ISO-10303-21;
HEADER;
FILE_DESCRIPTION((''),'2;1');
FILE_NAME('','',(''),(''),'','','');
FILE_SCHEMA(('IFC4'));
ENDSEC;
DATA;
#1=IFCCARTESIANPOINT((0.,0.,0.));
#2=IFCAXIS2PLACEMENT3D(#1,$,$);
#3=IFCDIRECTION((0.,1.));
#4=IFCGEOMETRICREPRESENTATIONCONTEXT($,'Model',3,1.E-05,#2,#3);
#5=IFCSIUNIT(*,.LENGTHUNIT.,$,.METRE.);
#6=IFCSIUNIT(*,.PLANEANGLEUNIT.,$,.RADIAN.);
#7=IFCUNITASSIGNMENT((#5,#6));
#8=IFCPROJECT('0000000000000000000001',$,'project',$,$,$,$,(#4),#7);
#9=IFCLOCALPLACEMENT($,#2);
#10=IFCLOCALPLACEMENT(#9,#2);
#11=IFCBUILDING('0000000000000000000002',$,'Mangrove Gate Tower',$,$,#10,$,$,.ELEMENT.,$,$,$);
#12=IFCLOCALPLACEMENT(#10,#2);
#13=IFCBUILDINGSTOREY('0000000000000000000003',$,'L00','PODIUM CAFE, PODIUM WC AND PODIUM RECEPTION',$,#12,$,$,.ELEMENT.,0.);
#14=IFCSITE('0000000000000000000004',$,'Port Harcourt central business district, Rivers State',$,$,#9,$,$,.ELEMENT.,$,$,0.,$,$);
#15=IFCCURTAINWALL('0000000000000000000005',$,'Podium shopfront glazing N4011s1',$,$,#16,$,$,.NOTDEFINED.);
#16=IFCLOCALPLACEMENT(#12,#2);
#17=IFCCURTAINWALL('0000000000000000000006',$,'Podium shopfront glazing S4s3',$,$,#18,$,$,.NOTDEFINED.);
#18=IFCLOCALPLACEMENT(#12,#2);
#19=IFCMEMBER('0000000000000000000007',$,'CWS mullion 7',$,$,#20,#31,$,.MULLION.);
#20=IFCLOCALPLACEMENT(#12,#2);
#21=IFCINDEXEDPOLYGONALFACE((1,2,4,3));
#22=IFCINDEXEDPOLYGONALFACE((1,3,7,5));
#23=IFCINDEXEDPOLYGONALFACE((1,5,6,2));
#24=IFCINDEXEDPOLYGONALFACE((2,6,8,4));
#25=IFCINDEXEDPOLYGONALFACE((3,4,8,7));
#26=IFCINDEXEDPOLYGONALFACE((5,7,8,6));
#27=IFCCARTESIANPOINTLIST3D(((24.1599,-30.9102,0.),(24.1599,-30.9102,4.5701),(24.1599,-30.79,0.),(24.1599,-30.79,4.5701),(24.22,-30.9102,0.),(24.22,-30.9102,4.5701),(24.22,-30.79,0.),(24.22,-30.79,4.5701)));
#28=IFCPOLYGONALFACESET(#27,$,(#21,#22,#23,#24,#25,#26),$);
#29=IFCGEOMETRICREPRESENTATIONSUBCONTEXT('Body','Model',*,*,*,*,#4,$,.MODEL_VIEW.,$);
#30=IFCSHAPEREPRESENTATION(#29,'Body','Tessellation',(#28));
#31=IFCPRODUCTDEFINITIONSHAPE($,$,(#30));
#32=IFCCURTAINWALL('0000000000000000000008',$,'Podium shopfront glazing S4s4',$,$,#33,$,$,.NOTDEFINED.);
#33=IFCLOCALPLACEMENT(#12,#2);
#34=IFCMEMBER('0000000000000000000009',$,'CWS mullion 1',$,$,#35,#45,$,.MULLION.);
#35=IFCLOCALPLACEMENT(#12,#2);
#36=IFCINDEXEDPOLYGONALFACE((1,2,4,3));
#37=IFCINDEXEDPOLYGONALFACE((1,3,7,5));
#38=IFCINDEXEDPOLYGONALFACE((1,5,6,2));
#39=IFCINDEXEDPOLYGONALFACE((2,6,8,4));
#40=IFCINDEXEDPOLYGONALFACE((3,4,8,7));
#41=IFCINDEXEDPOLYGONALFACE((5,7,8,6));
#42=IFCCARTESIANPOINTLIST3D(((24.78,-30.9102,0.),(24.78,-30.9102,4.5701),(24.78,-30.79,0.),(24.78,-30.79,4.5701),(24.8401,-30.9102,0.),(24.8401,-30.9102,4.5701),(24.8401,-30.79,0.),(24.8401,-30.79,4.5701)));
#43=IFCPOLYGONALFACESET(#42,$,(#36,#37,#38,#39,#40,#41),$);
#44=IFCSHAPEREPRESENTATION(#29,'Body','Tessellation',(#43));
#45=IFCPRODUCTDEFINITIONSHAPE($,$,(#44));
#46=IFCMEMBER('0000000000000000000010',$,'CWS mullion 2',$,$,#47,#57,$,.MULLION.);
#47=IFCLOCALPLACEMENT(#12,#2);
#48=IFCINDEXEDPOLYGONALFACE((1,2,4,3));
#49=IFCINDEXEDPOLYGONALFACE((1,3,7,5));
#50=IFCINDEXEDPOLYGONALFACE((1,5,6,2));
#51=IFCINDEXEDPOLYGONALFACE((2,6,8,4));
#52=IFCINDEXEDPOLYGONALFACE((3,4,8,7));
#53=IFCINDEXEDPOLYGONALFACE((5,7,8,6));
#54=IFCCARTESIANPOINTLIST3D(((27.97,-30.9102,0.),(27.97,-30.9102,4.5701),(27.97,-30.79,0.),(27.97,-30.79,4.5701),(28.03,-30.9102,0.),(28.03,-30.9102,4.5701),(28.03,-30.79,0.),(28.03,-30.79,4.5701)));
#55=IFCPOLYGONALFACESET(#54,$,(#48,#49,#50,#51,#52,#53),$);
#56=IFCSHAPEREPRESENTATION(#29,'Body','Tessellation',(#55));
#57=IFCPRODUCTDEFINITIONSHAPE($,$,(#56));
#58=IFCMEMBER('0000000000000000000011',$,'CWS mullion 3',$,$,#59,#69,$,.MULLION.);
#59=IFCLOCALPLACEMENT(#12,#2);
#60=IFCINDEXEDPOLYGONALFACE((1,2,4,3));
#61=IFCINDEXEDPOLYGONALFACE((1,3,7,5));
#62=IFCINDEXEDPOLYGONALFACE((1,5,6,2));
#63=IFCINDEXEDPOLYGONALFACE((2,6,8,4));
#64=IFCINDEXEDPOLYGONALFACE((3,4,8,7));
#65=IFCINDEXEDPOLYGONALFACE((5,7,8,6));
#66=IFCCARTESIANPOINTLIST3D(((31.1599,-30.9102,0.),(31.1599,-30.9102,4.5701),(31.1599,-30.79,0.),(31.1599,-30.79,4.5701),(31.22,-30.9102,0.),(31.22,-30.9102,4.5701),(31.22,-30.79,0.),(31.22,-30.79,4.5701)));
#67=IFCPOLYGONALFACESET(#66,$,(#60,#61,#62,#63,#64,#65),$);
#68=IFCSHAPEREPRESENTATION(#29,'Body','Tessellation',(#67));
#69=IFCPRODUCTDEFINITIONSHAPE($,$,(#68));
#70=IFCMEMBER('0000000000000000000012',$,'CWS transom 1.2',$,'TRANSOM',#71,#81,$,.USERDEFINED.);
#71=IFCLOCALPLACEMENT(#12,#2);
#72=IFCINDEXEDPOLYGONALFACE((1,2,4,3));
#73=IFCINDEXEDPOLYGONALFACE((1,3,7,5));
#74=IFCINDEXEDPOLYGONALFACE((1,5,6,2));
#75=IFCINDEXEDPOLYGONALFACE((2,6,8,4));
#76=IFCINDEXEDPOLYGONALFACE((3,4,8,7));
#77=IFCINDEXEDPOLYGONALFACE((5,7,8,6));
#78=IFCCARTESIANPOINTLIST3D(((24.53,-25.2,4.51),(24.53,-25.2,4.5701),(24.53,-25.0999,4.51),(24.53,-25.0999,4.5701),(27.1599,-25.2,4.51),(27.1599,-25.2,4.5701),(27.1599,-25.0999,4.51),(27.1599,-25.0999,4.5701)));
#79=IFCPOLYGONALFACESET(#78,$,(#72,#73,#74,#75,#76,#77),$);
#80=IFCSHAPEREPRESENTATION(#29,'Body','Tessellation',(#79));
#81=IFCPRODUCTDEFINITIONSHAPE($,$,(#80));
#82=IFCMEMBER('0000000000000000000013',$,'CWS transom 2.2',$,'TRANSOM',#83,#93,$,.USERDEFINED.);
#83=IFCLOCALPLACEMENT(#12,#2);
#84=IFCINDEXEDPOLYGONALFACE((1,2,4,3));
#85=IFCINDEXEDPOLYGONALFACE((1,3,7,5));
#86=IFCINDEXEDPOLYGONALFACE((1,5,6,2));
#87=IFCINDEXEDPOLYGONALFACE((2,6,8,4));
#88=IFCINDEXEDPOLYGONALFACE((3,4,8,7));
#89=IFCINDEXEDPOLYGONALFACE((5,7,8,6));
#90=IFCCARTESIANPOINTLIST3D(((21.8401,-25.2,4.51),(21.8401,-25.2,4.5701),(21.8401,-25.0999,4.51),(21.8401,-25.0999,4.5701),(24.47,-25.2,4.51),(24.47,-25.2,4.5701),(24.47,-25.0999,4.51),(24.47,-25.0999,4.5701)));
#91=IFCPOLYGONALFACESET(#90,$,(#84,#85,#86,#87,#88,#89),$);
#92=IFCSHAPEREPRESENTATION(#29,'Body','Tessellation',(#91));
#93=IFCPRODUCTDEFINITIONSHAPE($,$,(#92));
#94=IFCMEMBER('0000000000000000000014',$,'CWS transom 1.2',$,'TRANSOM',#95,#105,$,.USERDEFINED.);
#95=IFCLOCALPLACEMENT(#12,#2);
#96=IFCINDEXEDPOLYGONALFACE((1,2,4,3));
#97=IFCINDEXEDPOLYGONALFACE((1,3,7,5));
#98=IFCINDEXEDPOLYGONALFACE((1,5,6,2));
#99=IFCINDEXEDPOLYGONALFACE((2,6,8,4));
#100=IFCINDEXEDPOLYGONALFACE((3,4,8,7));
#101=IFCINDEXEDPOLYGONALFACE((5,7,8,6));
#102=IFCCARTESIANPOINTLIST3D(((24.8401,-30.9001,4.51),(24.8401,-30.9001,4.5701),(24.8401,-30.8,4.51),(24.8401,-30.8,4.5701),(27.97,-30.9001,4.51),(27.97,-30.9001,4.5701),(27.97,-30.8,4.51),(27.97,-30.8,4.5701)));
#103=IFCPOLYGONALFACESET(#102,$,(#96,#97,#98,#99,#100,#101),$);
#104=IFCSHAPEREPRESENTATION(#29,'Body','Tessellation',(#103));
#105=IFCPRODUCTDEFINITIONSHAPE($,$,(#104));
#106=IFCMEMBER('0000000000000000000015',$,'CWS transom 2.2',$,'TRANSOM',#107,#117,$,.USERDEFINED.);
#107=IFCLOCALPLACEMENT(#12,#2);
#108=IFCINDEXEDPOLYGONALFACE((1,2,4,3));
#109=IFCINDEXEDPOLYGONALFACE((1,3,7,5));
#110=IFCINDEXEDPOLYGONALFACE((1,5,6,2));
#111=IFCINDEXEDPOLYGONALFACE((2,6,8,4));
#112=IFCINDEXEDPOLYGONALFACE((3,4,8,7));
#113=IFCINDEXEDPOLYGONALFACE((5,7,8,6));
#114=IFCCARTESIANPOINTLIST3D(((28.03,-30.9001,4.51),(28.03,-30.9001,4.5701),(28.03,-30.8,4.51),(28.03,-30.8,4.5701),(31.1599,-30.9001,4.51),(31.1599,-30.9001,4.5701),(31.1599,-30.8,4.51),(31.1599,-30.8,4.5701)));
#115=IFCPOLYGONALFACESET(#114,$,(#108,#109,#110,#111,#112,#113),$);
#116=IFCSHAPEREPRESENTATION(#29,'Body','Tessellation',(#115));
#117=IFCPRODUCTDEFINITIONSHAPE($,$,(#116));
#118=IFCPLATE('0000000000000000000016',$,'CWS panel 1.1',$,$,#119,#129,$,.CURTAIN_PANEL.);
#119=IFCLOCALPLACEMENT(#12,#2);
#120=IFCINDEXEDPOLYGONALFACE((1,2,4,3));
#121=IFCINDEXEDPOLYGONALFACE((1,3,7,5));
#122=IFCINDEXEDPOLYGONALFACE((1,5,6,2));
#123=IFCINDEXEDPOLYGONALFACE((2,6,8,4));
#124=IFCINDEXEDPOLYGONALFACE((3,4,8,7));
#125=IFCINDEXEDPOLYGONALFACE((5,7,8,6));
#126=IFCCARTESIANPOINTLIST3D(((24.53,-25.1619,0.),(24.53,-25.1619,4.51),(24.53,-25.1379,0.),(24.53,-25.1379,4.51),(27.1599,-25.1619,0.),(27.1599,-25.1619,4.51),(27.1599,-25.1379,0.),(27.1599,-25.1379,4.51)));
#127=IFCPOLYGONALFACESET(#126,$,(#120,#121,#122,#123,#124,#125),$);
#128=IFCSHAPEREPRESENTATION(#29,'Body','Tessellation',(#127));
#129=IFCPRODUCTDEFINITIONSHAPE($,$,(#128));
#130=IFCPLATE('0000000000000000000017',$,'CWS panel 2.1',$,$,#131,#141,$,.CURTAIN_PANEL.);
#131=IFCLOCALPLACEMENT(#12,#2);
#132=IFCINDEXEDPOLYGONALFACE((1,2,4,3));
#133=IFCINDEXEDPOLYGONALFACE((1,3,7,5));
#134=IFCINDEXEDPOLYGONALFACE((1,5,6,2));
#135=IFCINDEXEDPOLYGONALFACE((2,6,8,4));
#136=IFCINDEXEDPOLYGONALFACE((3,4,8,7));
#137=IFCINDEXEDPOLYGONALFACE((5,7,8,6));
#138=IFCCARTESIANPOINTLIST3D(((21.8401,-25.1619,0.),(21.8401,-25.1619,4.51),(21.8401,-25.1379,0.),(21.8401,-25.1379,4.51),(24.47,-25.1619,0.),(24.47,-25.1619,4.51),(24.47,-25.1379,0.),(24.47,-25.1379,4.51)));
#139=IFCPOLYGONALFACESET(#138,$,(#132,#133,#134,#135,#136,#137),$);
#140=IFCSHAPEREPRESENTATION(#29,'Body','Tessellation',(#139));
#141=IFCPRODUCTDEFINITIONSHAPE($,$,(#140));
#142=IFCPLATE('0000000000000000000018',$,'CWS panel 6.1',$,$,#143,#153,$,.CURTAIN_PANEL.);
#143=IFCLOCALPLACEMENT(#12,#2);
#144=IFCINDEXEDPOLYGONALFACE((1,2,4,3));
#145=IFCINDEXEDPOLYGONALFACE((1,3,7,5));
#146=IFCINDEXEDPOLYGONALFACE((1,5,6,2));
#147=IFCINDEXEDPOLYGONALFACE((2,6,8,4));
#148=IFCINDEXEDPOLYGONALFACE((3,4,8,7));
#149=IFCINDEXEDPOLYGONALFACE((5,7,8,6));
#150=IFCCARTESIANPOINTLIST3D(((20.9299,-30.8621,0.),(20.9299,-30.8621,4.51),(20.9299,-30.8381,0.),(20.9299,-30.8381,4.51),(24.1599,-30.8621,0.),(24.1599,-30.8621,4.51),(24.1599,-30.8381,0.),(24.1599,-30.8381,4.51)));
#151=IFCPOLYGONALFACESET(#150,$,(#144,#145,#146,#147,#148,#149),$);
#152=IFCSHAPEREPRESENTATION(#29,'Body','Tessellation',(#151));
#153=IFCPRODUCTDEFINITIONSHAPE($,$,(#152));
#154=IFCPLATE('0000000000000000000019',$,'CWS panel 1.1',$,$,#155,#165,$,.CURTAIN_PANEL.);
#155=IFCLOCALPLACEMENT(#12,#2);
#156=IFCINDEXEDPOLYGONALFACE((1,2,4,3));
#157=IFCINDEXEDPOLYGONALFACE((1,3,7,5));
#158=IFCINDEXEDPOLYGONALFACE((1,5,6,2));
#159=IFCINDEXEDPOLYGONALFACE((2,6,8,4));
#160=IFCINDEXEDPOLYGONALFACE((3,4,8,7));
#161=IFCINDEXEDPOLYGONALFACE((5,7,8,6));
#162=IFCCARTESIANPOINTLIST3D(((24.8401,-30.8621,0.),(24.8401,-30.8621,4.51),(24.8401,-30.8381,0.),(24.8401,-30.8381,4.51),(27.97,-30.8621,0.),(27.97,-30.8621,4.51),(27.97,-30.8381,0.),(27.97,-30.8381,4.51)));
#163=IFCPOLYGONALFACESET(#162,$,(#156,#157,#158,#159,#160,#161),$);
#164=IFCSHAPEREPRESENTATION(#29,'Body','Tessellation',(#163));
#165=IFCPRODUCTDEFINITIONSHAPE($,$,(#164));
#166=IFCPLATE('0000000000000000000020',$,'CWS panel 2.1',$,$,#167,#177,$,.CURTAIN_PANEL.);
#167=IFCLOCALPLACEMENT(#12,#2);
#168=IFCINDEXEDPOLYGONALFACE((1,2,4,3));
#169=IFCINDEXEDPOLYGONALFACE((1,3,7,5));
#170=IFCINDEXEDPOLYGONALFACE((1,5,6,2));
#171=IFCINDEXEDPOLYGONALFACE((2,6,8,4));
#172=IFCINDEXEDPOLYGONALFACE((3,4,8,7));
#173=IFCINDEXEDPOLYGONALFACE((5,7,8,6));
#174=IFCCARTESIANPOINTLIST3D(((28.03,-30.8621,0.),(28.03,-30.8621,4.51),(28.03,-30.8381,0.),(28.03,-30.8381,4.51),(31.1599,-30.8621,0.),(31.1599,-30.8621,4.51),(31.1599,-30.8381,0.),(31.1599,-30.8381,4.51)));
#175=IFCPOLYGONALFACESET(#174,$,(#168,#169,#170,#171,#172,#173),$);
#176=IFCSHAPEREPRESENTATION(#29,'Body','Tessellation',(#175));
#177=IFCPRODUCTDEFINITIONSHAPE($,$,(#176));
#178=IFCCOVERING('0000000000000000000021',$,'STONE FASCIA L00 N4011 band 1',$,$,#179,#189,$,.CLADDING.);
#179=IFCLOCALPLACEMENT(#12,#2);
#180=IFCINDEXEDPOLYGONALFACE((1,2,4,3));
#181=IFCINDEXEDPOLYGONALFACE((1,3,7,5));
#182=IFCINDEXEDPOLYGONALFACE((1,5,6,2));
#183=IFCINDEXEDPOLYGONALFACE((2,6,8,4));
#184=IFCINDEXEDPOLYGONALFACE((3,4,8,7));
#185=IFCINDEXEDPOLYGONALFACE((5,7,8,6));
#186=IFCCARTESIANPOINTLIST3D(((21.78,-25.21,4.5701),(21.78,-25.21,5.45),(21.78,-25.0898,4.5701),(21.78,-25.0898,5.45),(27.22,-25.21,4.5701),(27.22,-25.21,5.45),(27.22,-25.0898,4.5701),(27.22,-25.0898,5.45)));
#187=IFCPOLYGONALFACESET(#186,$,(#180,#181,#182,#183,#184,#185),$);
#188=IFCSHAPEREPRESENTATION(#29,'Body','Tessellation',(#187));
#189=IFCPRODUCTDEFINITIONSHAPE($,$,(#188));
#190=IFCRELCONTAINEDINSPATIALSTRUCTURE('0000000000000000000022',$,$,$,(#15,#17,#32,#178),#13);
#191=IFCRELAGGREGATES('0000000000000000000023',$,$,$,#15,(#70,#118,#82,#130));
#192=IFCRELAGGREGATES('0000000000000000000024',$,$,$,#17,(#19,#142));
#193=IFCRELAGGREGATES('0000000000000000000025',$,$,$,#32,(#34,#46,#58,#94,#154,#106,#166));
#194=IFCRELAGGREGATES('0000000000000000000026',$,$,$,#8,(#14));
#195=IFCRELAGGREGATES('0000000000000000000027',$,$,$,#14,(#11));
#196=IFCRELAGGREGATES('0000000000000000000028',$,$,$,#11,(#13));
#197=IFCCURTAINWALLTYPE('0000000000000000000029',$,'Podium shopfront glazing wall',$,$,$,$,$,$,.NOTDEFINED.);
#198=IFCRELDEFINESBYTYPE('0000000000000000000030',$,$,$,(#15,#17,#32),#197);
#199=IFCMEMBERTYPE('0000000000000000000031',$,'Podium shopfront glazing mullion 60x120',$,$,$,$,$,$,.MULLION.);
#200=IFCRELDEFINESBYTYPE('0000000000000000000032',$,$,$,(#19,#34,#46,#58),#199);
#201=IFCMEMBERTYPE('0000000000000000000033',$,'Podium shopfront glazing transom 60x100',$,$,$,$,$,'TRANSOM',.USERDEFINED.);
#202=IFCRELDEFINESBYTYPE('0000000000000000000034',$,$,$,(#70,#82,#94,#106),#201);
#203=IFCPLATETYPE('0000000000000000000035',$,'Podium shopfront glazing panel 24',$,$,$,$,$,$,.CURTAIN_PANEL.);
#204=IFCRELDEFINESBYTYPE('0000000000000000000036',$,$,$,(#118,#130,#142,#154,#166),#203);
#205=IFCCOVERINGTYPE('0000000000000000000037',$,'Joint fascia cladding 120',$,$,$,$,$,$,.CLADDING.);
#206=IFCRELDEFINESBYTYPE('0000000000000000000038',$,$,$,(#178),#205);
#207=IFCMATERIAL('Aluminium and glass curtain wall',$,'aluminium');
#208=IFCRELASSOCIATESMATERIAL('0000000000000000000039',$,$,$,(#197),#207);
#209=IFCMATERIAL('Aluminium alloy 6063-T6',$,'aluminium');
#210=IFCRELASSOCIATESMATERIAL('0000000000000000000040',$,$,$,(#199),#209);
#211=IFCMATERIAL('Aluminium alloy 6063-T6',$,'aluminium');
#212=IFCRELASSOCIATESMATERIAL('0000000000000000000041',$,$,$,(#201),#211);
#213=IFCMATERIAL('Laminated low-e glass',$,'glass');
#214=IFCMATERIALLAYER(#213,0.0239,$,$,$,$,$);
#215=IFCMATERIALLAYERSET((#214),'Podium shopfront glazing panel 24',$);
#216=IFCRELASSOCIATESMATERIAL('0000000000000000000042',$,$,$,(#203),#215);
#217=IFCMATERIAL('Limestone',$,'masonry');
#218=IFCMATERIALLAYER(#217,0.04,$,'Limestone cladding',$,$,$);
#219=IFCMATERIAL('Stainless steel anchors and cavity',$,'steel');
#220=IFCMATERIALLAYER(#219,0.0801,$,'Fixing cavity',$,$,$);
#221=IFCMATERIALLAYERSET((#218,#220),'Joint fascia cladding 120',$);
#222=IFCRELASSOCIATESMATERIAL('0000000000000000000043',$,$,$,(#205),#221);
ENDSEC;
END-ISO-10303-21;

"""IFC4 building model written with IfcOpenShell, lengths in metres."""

from ifc_helpers import new_model, si_unit, direction, frame, frame_2d, origin, origin_2d, place, context, subcontext, project, spatial, rectangle, extrude, material, layer, layer_set, material_profile, profile_set, type_object, element, aggregate, save


model = new_model("IFC4")

# Units and contexts
model_context = context("Model", 3, precision=1e-05, world=origin(), true_north=direction((0.0, 1.0)))
body_context = subcontext(model_context, "Body", "Model", "MODEL_VIEW")
ifc_project = project(units=[si_unit("LENGTHUNIT", "METRE"), si_unit("PLANEANGLEUNIT", "RADIAN")], contexts=[model_context])

# Site, building, storey
site_placement = place(None, origin())
site = spatial("IfcSite", under=ifc_project, at=site_placement, Name="Port Harcourt central business district, Rivers State", CompositionType="ELEMENT", RefElevation=0.0)
building_placement = place(site_placement, origin())
building = spatial("IfcBuilding", under=site, at=building_placement, Name="Mangrove Gate Tower", CompositionType="ELEMENT")
storey_placement = place(building_placement, origin())
storey = spatial("IfcBuildingStorey", under=building, at=storey_placement, Name="L00", Description="PODIUM CAFE, PODIUM WC AND PODIUM RECEPTION", CompositionType="ELEMENT", Elevation=0.0)

# Curtain wall
ifc_material_1 = material(Name="Aluminium and glass curtain wall", Category="aluminium")
curtain_wall_type = type_object("IfcCurtainWallType", Name="Podium shopfront glazing wall", PredefinedType="NOTDEFINED", material=ifc_material_1)
curtain_wall_1_placement = place(storey_placement, origin())
curtain_wall_1 = element("IfcCurtainWall", 1, at=curtain_wall_1_placement, inside=storey, type_object=curtain_wall_type, Name="Podium shopfront glazing N4011s1", PredefinedType="NOTDEFINED")
ifc_material_2 = material(Name="Aluminium alloy 6063-T6", Category="aluminium")
ifc_material_profile_1 = material_profile(ifc_material_2, rectangle(XDim=0.0601, YDim=0.1201, at=origin_2d()))
ifc_profile_set_1 = profile_set([ifc_material_profile_1], Name="Aluminium alloy 6063-T6")
member_type_1 = type_object("IfcMemberType", Name="Podium shopfront glazing mullion 60x120", PredefinedType="MULLION", material=ifc_profile_set_1)

# Curtain wall, member
curtain_wall_2_placement = place(storey_placement, origin())
curtain_wall_2 = element("IfcCurtainWall", 2, at=curtain_wall_2_placement, inside=storey, type_object=curtain_wall_type, Name="Podium shopfront glazing S4s3", PredefinedType="NOTDEFINED")
member_1_placement = place(storey_placement, frame((24.1899, -30.8501, 0.0), z_axis=(0.0, 0.0, 1.0), x_axis=(1.0, 0.0, 0.0)))
member_1 = element("IfcMember", 3, at=member_1_placement, type_object=member_type_1, Name="CWS mullion 7", PredefinedType="MULLION", context=body_context, shape_type="SweptSolid", body=[
    extrude(rectangle(XDim=0.0601, YDim=0.1201, at=origin_2d()), origin(), (0.0, 0.0, 1.0), 4.5701),
])

# Curtain wall, members
curtain_wall_3_placement = place(storey_placement, origin())
curtain_wall_3 = element("IfcCurtainWall", 4, at=curtain_wall_3_placement, inside=storey, type_object=curtain_wall_type, Name="Podium shopfront glazing S4s4", PredefinedType="NOTDEFINED")
member_2_placement = place(storey_placement, frame((24.8101, -30.8501, 0.0), z_axis=(0.0, 0.0, 1.0), x_axis=(1.0, 0.0, 0.0)))
member_2 = element("IfcMember", 5, at=member_2_placement, type_object=member_type_1, Name="CWS mullion 1", PredefinedType="MULLION", context=body_context, shape_type="SweptSolid", body=[
    extrude(rectangle(XDim=0.0601, YDim=0.1201, at=origin_2d()), origin(), (0.0, 0.0, 1.0), 4.5701),
])
member_3_placement = place(storey_placement, frame((28.0, -30.8501, 0.0), z_axis=(0.0, 0.0, 1.0), x_axis=(1.0, 0.0, 0.0)))
member_3 = element("IfcMember", 6, at=member_3_placement, type_object=member_type_1, Name="CWS mullion 2", PredefinedType="MULLION", context=body_context, shape_type="SweptSolid", body=[
    extrude(rectangle(XDim=0.0601, YDim=0.1201, at=origin_2d()), origin(), (0.0, 0.0, 1.0), 4.5701),
])
member_4_placement = place(storey_placement, frame((31.1899, -30.8501, 0.0), z_axis=(0.0, 0.0, 1.0), x_axis=(1.0, 0.0, 0.0)))
member_4 = element("IfcMember", 7, at=member_4_placement, type_object=member_type_1, Name="CWS mullion 3", PredefinedType="MULLION", context=body_context, shape_type="SweptSolid", body=[
    extrude(rectangle(XDim=0.0601, YDim=0.1201, at=origin_2d()), origin(), (0.0, 0.0, 1.0), 4.5701),
])

# Members
ifc_material_3 = material(Name="Aluminium alloy 6063-T6", Category="aluminium")
ifc_material_profile_2 = material_profile(ifc_material_3, rectangle(XDim=0.0601, YDim=0.1001, at=origin_2d()))
ifc_profile_set_2 = profile_set([ifc_material_profile_2], Name="Aluminium alloy 6063-T6")
member_type_2 = type_object("IfcMemberType", Name="Podium shopfront glazing transom 60x100", ElementType="TRANSOM", PredefinedType="USERDEFINED", material=ifc_profile_set_2)
member_5_placement = place(storey_placement, frame((27.1599, -25.1499, 4.54), z_axis=(-1.0, 0.0, 0.0), x_axis=(0.0, 0.0, 1.0)))
member_5 = element("IfcMember", 8, at=member_5_placement, type_object=member_type_2, Name="CWS transom 1.2", ObjectType="TRANSOM", PredefinedType="USERDEFINED", context=body_context, shape_type="SweptSolid", body=[
    extrude(rectangle(XDim=0.0601, YDim=0.1001, at=origin_2d()), origin(), (0.0, 0.0, 1.0), 2.6299),
])
member_6_placement = place(storey_placement, frame((24.47, -25.1499, 4.54), z_axis=(-1.0, 0.0, 0.0), x_axis=(0.0, 0.0, 1.0)))
member_6 = element("IfcMember", 9, at=member_6_placement, type_object=member_type_2, Name="CWS transom 2.2", ObjectType="TRANSOM", PredefinedType="USERDEFINED", context=body_context, shape_type="SweptSolid", body=[
    extrude(rectangle(XDim=0.0601, YDim=0.1001, at=origin_2d()), origin(), (0.0, 0.0, 1.0), 2.6299),
])
member_7_placement = place(storey_placement, frame((24.8401, -30.8501, 4.54), z_axis=(1.0, 0.0, 0.0), x_axis=(0.0, 0.0, 1.0)))
member_7 = element("IfcMember", 10, at=member_7_placement, type_object=member_type_2, Name="CWS transom 1.2", ObjectType="TRANSOM", PredefinedType="USERDEFINED", context=body_context, shape_type="SweptSolid", body=[
    extrude(rectangle(XDim=0.0601, YDim=0.1001, at=origin_2d()), origin(), (0.0, 0.0, 1.0), 3.1299),
])
member_8_placement = place(storey_placement, frame((28.03, -30.8501, 4.54), z_axis=(1.0, 0.0, 0.0), x_axis=(0.0, 0.0, 1.0)))
member_8 = element("IfcMember", 11, at=member_8_placement, type_object=member_type_2, Name="CWS transom 2.2", ObjectType="TRANSOM", PredefinedType="USERDEFINED", context=body_context, shape_type="SweptSolid", body=[
    extrude(rectangle(XDim=0.0601, YDim=0.1001, at=origin_2d()), origin(), (0.0, 0.0, 1.0), 3.1299),
])

# Plates
ifc_material_4 = material(Name="Laminated low-e glass", Category="glass")
ifc_layer_1 = layer(ifc_material_4, 0.0239)
ifc_layer_set_1 = layer_set([ifc_layer_1], Name="Podium shopfront glazing panel 24")
plate_type = type_object("IfcPlateType", Name="Podium shopfront glazing panel 24", PredefinedType="CURTAIN_PANEL", material=ifc_layer_set_1)
plate_1_placement = place(storey_placement, frame((25.845, -25.1499, 0.0), z_axis=(0.0, 0.0, 1.0), x_axis=(-1.0, 0.0, 0.0)))
plate_1 = element("IfcPlate", 12, at=plate_1_placement, type_object=plate_type, Name="CWS panel 1.1", PredefinedType="CURTAIN_PANEL", context=body_context, shape_type="SweptSolid", body=[
    extrude(rectangle(XDim=2.6299, YDim=0.0239, at=origin_2d()), origin(), (0.0, 0.0, 1.0), 4.51),
])
plate_2_placement = place(storey_placement, frame((23.155, -25.1499, 0.0), z_axis=(0.0, 0.0, 1.0), x_axis=(-1.0, 0.0, 0.0)))
plate_2 = element("IfcPlate", 13, at=plate_2_placement, type_object=plate_type, Name="CWS panel 2.1", PredefinedType="CURTAIN_PANEL", context=body_context, shape_type="SweptSolid", body=[
    extrude(rectangle(XDim=2.6299, YDim=0.0239, at=origin_2d()), origin(), (0.0, 0.0, 1.0), 4.51),
])
aggregate(curtain_wall_1, [member_5, plate_1, member_6, plate_2])
plate_3_placement = place(storey_placement, frame((22.5449, -30.8501, 0.0), z_axis=(0.0, 0.0, 1.0), x_axis=(1.0, 0.0, 0.0)))
plate_3 = element("IfcPlate", 14, at=plate_3_placement, type_object=plate_type, Name="CWS panel 6.1", PredefinedType="CURTAIN_PANEL", context=body_context, shape_type="SweptSolid", body=[
    extrude(rectangle(XDim=3.23, YDim=0.0239, at=origin_2d()), origin(), (0.0, 0.0, 1.0), 4.51),
])
aggregate(curtain_wall_2, [member_1, plate_3])
plate_4_placement = place(storey_placement, frame((26.405, -30.8501, 0.0), z_axis=(0.0, 0.0, 1.0), x_axis=(1.0, 0.0, 0.0)))
plate_4 = element("IfcPlate", 15, at=plate_4_placement, type_object=plate_type, Name="CWS panel 1.1", PredefinedType="CURTAIN_PANEL", context=body_context, shape_type="SweptSolid", body=[
    extrude(rectangle(XDim=3.1299, YDim=0.0239, at=origin_2d()), origin(), (0.0, 0.0, 1.0), 4.51),
])
plate_5_placement = place(storey_placement, frame((29.595, -30.8501, 0.0), z_axis=(0.0, 0.0, 1.0), x_axis=(1.0, 0.0, 0.0)))
plate_5 = element("IfcPlate", 16, at=plate_5_placement, type_object=plate_type, Name="CWS panel 2.1", PredefinedType="CURTAIN_PANEL", context=body_context, shape_type="SweptSolid", body=[
    extrude(rectangle(XDim=3.1299, YDim=0.0239, at=origin_2d()), origin(), (0.0, 0.0, 1.0), 4.51),
])
aggregate(curtain_wall_3, [member_2, member_3, member_4, member_7, plate_4, member_8, plate_5])

# Covering
ifc_material_5 = material(Name="Limestone", Category="masonry")
ifc_layer_2 = layer(ifc_material_5, 0.04, Name="Limestone cladding")
ifc_material_6 = material(Name="Stainless steel anchors and cavity", Category="steel")
ifc_layer_3 = layer(ifc_material_6, 0.0801, Name="Fixing cavity")
ifc_layer_set_2 = layer_set([ifc_layer_2, ifc_layer_3], Name="Joint fascia cladding 120")
covering_type = type_object("IfcCoveringType", Name="Joint fascia cladding 120", PredefinedType="CLADDING", material=ifc_layer_set_2)
covering_1_placement = place(storey_placement, frame((27.22, -25.1499, 4.5701), z_axis=(0.0, 0.0, 1.0), x_axis=(-1.0, 0.0, 0.0)))
element("IfcCovering", 17, at=covering_1_placement, inside=storey, type_object=covering_type, Name="STONE FASCIA L00 N4011 band 1", PredefinedType="CLADDING", context=body_context, shape_type="SweptSolid", body=[
    extrude(rectangle(XDim=5.4399, YDim=0.1201, at=frame_2d((2.72, 0.0))), origin(), (0.0, 0.0, 1.0), 0.8799),
])

save(model, "model.ifc")
